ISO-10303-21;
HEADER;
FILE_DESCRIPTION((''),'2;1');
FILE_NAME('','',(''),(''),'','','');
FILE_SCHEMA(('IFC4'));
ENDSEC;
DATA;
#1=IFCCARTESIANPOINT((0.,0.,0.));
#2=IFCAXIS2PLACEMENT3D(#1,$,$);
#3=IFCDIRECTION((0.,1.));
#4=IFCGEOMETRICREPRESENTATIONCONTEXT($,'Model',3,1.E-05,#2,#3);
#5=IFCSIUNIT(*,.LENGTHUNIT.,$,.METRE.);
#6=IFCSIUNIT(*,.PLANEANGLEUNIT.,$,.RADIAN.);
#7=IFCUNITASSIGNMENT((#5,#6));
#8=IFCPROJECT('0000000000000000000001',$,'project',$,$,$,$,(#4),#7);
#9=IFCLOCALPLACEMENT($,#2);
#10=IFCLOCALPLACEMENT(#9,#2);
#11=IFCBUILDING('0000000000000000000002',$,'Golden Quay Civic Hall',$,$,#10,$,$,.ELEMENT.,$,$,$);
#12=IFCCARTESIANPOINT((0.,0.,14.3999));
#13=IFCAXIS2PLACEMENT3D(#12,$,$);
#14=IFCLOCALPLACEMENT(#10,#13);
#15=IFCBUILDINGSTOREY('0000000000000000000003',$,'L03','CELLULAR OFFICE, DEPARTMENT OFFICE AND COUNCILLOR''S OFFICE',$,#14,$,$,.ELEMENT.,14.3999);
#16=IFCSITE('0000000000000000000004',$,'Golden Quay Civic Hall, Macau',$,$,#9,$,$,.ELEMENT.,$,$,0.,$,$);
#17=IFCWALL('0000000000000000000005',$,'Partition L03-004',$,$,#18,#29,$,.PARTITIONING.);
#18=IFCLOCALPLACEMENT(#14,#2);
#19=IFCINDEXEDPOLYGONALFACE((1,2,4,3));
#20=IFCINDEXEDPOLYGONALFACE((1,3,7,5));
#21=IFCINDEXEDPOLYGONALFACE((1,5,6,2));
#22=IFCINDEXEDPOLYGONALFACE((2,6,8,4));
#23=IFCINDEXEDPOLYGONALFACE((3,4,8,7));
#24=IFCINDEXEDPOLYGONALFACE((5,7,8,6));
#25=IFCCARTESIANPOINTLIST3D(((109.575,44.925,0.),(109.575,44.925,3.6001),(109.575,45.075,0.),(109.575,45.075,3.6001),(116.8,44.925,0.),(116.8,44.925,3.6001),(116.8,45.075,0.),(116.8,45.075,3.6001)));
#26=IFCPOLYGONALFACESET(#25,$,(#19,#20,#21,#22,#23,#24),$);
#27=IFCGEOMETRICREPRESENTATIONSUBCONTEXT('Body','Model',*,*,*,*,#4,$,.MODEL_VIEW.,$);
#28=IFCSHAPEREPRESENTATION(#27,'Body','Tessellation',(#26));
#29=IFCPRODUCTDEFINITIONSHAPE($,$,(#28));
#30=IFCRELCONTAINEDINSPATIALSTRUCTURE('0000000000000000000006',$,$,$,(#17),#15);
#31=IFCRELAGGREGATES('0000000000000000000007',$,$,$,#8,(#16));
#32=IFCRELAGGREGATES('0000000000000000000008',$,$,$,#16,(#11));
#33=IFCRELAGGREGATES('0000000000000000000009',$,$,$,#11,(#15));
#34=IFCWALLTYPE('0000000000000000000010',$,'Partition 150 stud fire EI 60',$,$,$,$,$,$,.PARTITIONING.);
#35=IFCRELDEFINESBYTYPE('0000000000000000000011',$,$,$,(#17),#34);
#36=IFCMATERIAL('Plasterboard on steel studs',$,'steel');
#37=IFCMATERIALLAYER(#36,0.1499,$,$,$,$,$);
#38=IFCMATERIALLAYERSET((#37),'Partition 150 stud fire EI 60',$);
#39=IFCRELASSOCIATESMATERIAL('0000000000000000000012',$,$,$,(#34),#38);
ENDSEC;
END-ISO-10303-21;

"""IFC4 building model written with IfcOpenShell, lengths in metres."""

from ifc_helpers import new_model, si_unit, direction, frame, frame_2d, origin, place, context, subcontext, project, spatial, rectangle, extrude, material, layer, layer_set, type_object, element, save


model = new_model("IFC4")

# Units and contexts
model_context = context("Model", 3, precision=1e-05, world=origin(), true_north=direction((0.0, 1.0)))
body_context = subcontext(model_context, "Body", "Model", "MODEL_VIEW")
ifc_project = project(units=[si_unit("LENGTHUNIT", "METRE"), si_unit("PLANEANGLEUNIT", "RADIAN")], contexts=[model_context])

# Site, building, storey
site_placement = place(None, origin())
site = spatial("IfcSite", under=ifc_project, at=site_placement, Name="Golden Quay Civic Hall, Macau", CompositionType="ELEMENT", RefElevation=0.0)
building_placement = place(site_placement, origin())
building = spatial("IfcBuilding", under=site, at=building_placement, Name="Golden Quay Civic Hall", CompositionType="ELEMENT")
storey_placement = place(building_placement, frame((0.0, 0.0, 14.3999)))
storey = spatial("IfcBuildingStorey", under=building, at=storey_placement, Name="L03", Description="CELLULAR OFFICE, DEPARTMENT OFFICE AND COUNCILLOR'S OFFICE", CompositionType="ELEMENT", Elevation=14.3999)

# Wall
ifc_material_1 = material(Name="Plasterboard on steel studs", Category="steel")
ifc_layer_1 = layer(ifc_material_1, 0.1499)
ifc_layer_set_1 = layer_set([ifc_layer_1], Name="Partition 150 stud fire EI 60")
wall_type_1 = type_object("IfcWallType", Name="Partition 150 stud fire EI 60", PredefinedType="PARTITIONING", material=ifc_layer_set_1)
wall_1_placement = place(storey_placement, frame((109.575, 45.0, 0.0), z_axis=(0.0, 0.0, 1.0), x_axis=(1.0, 0.0, 0.0)))
element("IfcWall", 1, at=wall_1_placement, inside=storey, type_object=wall_type_1, Name="Partition L03-004", PredefinedType="PARTITIONING", context=body_context, shape_type="SweptSolid", body=[
    extrude(rectangle(XDim=7.2251, YDim=0.1499, at=frame_2d((3.6125, 0.0))), origin(), (0.0, 0.0, 1.0), 3.6001),
])

save(model, "model.ifc")
